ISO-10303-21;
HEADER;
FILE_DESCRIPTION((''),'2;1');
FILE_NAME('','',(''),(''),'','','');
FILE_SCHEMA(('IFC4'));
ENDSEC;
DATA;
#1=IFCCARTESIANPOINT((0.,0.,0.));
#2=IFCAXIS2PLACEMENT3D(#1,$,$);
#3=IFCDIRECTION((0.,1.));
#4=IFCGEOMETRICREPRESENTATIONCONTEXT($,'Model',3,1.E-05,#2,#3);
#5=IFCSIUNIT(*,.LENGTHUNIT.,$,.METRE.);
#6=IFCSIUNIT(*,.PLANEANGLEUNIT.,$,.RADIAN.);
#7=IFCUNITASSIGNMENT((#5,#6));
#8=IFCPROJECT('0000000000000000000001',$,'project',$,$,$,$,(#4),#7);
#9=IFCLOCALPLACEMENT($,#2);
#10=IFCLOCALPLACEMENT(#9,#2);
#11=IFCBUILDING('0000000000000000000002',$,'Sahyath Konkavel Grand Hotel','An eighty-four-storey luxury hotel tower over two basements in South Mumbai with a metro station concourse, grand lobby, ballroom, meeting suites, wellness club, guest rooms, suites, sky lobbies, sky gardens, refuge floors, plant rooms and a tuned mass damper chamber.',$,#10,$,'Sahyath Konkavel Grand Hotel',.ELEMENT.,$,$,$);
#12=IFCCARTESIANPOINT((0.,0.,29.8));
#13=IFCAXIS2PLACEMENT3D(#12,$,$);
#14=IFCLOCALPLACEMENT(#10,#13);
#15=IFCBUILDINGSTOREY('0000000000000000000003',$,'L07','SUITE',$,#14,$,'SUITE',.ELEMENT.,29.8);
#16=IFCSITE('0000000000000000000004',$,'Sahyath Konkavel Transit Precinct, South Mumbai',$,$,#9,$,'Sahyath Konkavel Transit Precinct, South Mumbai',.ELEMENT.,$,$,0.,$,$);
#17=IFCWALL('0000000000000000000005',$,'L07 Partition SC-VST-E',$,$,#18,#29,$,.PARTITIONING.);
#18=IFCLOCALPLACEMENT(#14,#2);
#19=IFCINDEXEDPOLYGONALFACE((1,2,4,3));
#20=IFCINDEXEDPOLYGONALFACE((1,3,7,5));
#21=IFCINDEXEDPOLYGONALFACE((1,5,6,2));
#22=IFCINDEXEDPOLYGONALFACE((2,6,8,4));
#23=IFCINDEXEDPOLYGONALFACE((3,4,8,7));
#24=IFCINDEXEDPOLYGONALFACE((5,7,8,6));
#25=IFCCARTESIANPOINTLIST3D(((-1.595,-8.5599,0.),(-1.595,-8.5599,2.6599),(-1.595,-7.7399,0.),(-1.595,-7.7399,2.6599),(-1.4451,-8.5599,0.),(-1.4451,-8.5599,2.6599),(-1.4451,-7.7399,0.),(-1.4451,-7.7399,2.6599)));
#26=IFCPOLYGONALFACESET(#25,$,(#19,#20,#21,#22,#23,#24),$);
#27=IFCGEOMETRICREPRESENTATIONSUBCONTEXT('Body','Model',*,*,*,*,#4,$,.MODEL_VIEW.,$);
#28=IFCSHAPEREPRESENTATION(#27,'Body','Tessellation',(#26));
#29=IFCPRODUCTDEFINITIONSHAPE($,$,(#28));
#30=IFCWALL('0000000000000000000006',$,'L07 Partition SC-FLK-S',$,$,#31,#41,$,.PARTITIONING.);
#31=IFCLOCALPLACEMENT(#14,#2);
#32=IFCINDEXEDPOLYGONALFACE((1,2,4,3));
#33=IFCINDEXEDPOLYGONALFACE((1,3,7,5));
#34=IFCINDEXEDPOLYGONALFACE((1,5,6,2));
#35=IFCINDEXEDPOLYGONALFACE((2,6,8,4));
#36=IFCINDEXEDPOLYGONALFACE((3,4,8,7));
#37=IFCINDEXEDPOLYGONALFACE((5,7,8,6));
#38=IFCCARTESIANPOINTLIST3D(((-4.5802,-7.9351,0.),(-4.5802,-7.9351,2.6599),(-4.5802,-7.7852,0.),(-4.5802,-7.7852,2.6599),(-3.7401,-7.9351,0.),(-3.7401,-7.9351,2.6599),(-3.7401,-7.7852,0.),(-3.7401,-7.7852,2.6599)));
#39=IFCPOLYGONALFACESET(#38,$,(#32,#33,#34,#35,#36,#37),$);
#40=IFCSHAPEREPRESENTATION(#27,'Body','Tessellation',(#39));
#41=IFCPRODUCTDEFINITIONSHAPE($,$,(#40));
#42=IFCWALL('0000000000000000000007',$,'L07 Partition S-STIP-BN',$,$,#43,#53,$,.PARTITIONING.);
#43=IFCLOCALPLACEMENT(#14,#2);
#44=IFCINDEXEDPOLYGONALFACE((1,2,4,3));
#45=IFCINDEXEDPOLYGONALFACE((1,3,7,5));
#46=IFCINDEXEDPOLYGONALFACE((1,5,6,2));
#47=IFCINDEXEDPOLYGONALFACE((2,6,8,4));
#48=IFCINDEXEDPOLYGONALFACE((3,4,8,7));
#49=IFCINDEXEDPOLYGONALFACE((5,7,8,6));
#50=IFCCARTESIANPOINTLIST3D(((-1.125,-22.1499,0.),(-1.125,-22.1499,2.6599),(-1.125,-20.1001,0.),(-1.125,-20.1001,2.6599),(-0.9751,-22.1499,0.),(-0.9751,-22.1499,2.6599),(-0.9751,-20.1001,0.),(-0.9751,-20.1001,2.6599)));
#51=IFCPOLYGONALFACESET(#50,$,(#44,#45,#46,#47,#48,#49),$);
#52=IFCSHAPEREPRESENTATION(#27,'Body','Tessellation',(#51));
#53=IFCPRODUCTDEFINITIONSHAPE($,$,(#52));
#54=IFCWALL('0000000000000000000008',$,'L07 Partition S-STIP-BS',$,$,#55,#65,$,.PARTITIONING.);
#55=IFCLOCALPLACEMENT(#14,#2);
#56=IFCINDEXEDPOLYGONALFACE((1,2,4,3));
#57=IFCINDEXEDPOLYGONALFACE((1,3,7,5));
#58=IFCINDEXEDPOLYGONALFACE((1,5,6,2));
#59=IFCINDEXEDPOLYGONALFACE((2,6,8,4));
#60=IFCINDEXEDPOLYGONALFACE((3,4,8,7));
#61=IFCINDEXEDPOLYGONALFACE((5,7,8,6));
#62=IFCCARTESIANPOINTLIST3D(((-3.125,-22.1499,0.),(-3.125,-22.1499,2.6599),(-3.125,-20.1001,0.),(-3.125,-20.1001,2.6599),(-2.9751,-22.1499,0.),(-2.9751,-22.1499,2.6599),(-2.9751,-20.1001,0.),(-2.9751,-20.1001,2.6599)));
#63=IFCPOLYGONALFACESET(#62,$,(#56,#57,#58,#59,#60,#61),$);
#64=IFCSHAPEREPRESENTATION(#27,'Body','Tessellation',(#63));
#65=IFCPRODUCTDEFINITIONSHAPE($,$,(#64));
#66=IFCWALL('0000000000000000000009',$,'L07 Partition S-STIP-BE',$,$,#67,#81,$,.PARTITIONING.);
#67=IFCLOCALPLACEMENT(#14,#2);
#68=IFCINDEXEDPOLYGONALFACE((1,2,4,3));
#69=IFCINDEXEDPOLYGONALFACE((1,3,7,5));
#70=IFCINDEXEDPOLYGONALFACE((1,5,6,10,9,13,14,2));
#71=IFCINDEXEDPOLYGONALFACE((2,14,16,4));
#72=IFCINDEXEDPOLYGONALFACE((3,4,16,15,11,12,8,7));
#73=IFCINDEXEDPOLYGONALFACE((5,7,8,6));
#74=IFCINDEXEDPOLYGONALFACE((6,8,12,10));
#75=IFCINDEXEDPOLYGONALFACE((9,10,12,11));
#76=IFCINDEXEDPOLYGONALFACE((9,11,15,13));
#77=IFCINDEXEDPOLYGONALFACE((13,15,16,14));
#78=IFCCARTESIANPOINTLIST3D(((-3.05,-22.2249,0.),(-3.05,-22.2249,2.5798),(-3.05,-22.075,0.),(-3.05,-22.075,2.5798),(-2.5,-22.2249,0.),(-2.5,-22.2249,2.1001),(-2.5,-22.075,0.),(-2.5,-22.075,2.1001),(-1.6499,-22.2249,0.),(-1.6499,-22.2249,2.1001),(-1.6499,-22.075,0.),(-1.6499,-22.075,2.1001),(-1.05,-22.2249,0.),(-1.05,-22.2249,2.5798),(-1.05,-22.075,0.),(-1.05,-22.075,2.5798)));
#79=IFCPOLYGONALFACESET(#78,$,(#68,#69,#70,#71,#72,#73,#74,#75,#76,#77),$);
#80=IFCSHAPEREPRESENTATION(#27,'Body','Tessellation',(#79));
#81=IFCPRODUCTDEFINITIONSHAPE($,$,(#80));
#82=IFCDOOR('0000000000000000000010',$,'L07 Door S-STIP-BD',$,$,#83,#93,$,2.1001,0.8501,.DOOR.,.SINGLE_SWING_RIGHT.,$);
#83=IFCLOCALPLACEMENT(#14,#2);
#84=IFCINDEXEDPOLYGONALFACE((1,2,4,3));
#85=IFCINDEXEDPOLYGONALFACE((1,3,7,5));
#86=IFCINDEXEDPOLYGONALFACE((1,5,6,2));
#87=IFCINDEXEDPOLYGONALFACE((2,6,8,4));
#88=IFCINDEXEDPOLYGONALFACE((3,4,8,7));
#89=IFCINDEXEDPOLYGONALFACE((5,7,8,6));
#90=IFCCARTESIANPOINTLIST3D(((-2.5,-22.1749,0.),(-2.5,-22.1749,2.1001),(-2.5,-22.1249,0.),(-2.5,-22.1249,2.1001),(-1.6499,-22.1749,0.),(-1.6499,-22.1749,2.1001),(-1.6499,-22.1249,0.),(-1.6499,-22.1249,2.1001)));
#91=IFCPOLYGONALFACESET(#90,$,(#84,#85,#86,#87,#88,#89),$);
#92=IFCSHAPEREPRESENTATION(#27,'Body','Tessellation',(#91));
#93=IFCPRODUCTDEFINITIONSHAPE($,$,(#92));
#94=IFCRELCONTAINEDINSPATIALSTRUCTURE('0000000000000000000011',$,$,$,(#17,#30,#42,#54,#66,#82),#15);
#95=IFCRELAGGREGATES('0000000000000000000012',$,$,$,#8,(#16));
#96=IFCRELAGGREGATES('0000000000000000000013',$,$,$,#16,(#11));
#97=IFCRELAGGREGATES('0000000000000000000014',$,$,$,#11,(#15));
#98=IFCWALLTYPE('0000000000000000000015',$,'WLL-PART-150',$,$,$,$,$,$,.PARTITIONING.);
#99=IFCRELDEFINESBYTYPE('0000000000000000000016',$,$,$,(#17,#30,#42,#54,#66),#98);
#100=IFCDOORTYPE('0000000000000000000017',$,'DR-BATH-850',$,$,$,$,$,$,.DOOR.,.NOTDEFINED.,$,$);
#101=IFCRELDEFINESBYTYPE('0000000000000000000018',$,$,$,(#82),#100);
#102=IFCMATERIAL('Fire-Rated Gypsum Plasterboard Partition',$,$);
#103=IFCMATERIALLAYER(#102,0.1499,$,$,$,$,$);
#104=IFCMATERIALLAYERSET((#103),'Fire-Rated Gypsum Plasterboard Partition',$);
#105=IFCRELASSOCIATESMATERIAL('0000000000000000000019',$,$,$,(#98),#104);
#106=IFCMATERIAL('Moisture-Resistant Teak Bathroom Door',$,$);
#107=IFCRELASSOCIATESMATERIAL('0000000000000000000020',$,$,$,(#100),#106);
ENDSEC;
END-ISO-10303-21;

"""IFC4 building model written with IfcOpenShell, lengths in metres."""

from ifc_helpers import new_model, si_unit, direction, frame, frame_2d, origin, origin_2d, place, context, subcontext, project, spatial, rectangle, extrude, source, transform, mapped, material, layer, layer_set, type_object, element, fill, save


model = new_model("IFC4")

# Units and contexts
model_context = context("Model", 3, precision=1e-05, world=origin(), true_north=direction((0.0, 1.0)))
body_context = subcontext(model_context, "Body", "Model", "MODEL_VIEW")
ifc_project = project(units=[si_unit("LENGTHUNIT", "METRE"), si_unit("PLANEANGLEUNIT", "RADIAN")], contexts=[model_context])

# Site, building, storey
site_placement = place(None, origin())
site = spatial("IfcSite", under=ifc_project, at=site_placement, Name="Sahyath Konkavel Transit Precinct, South Mumbai", LongName="Sahyath Konkavel Transit Precinct, South Mumbai", CompositionType="ELEMENT", RefElevation=0.0)
building_placement = place(site_placement, origin())
building = spatial("IfcBuilding", under=site, at=building_placement, Name="Sahyath Konkavel Grand Hotel", Description="An eighty-four-storey luxury hotel tower over two basements in South Mumbai with a metro station concourse, grand lobby, ballroom, meeting suites, wellness club, guest rooms, suites, sky lobbies, sky gardens, refuge floors, plant rooms and a tuned mass damper chamber.", LongName="Sahyath Konkavel Grand Hotel", CompositionType="ELEMENT")
storey_placement = place(building_placement, frame((0.0, 0.0, 29.8)))
storey = spatial("IfcBuildingStorey", under=building, at=storey_placement, Name="L07", Description="SUITE", LongName="SUITE", CompositionType="ELEMENT", Elevation=29.8)

# Shared definitions
shared_shape_1 = source(origin(), body_context, "Body", "SweptSolid", [
    extrude(rectangle(XDim=0.8501, YDim=0.05, at=origin_2d()), origin(), (0.0, 0.0, 1.0), 2.1001),
])

# Walls
ifc_material_1 = material(Name="Fire-Rated Gypsum Plasterboard Partition")
ifc_layer_1 = layer(ifc_material_1, 0.1499)
ifc_layer_set_1 = layer_set([ifc_layer_1], Name="Fire-Rated Gypsum Plasterboard Partition")
wall_type_1 = type_object("IfcWallType", Name="WLL-PART-150", PredefinedType="PARTITIONING", material=ifc_layer_set_1)
wall_1_placement = place(storey_placement, frame((-1.52, -8.5601, 0.0), z_axis=(0.0, 0.0, 1.0), x_axis=(0.0, 1.0, 0.0)))
element("IfcWall", 1, at=wall_1_placement, inside=storey, type_object=wall_type_1, Name="L07 Partition SC-VST-E", PredefinedType="PARTITIONING", context=body_context, shape_type="SweptSolid", body=[
    extrude(rectangle(XDim=0.8201, YDim=0.1499, at=frame_2d((0.4102, 0.0))), origin(), (0.0, 0.0, 1.0), 2.6599),
])
wall_2_placement = place(storey_placement, frame((-4.5801, -7.8601, 0.0), z_axis=(0.0, 0.0, 1.0), x_axis=(1.0, 0.0, 0.0)))
element("IfcWall", 2, at=wall_2_placement, inside=storey, type_object=wall_type_1, Name="L07 Partition SC-FLK-S", PredefinedType="PARTITIONING", context=body_context, shape_type="SweptSolid", body=[
    extrude(rectangle(XDim=0.8401, YDim=0.1499, at=frame_2d((0.4199, 0.0))), origin(), (0.0, 0.0, 1.0), 2.6599),
])
for number, where, z_axis, x_axis, name in (
    (3, (-1.05, -20.1001, 0.0), (0.0, 0.0, 1.0), (0.0, -1.0, 0.0), "L07 Partition S-STIP-BN"),
    (4, (-3.05, -20.1001, 0.0), (0.0, 0.0, 1.0), (0.0, -1.0, 0.0), "L07 Partition S-STIP-BS"),
):
    element("IfcWall", number, at=place(storey_placement, frame(where, z_axis=z_axis, x_axis=x_axis)), inside=storey, type_object=wall_type_1, Name=name, PredefinedType="PARTITIONING", context=body_context, shape_type="SweptSolid", body=[
        extrude(rectangle(XDim=2.0498, YDim=0.1499, at=frame_2d((1.0249, 0.0))), origin(), (0.0, 0.0, 1.0), 2.6599),
    ])

# Wall, opening, door
wall_3_placement = place(storey_placement, frame((-3.05, -22.1499, 0.0), z_axis=(0.0, 0.0, 1.0), x_axis=(1.0, 0.0, 0.0)))
wall_3 = element("IfcWall", 5, at=wall_3_placement, inside=storey, type_object=wall_type_1, Name="L07 Partition S-STIP-BE", PredefinedType="PARTITIONING", context=body_context, shape_type="SweptSolid", body=[
    extrude(rectangle(XDim=2.0, YDim=0.1499, at=frame_2d((1.0, 0.0))), origin(), (0.0, 0.0, 1.0), 2.5798),
])
opening_1_placement = place(wall_3_placement, frame((0.55, 0.0, 0.0)))
opening_1 = element("IfcOpeningElement", 6, at=opening_1_placement, cuts=wall_3, PredefinedType="OPENING", context=body_context, shape_type="SweptSolid", body=[
    extrude(rectangle(XDim=0.8501, YDim=2.1001, at=frame_2d((0.425, 1.05))), frame((0.0, 0.085, 0.0), z_axis=(0.0, -1.0, 0.0), x_axis=(1.0, 0.0, 0.0)), (0.0, 0.0, 1.0), 0.1699),
])
ifc_material_2 = material(Name="Moisture-Resistant Teak Bathroom Door")
door_type_1 = type_object("IfcDoorType", Name="DR-BATH-850", OperationType="NOTDEFINED", PredefinedType="DOOR", material=ifc_material_2)
door_1_placement = place(opening_1_placement, frame((0.425, 0.0, 0.0)))
door_1 = element("IfcDoor", 7, at=door_1_placement, inside=storey, type_object=door_type_1, Name="L07 Door S-STIP-BD", OperationType="SINGLE_SWING_RIGHT", OverallHeight=2.1001, OverallWidth=0.8501, PredefinedType="DOOR", context=body_context, shape_type="MappedRepresentation", body=[
    mapped(shared_shape_1, transform((0.0, 0.0, 0.0), scale=1.0)),
])
fill(opening_1, door_1)

save(model, "model.ifc")
